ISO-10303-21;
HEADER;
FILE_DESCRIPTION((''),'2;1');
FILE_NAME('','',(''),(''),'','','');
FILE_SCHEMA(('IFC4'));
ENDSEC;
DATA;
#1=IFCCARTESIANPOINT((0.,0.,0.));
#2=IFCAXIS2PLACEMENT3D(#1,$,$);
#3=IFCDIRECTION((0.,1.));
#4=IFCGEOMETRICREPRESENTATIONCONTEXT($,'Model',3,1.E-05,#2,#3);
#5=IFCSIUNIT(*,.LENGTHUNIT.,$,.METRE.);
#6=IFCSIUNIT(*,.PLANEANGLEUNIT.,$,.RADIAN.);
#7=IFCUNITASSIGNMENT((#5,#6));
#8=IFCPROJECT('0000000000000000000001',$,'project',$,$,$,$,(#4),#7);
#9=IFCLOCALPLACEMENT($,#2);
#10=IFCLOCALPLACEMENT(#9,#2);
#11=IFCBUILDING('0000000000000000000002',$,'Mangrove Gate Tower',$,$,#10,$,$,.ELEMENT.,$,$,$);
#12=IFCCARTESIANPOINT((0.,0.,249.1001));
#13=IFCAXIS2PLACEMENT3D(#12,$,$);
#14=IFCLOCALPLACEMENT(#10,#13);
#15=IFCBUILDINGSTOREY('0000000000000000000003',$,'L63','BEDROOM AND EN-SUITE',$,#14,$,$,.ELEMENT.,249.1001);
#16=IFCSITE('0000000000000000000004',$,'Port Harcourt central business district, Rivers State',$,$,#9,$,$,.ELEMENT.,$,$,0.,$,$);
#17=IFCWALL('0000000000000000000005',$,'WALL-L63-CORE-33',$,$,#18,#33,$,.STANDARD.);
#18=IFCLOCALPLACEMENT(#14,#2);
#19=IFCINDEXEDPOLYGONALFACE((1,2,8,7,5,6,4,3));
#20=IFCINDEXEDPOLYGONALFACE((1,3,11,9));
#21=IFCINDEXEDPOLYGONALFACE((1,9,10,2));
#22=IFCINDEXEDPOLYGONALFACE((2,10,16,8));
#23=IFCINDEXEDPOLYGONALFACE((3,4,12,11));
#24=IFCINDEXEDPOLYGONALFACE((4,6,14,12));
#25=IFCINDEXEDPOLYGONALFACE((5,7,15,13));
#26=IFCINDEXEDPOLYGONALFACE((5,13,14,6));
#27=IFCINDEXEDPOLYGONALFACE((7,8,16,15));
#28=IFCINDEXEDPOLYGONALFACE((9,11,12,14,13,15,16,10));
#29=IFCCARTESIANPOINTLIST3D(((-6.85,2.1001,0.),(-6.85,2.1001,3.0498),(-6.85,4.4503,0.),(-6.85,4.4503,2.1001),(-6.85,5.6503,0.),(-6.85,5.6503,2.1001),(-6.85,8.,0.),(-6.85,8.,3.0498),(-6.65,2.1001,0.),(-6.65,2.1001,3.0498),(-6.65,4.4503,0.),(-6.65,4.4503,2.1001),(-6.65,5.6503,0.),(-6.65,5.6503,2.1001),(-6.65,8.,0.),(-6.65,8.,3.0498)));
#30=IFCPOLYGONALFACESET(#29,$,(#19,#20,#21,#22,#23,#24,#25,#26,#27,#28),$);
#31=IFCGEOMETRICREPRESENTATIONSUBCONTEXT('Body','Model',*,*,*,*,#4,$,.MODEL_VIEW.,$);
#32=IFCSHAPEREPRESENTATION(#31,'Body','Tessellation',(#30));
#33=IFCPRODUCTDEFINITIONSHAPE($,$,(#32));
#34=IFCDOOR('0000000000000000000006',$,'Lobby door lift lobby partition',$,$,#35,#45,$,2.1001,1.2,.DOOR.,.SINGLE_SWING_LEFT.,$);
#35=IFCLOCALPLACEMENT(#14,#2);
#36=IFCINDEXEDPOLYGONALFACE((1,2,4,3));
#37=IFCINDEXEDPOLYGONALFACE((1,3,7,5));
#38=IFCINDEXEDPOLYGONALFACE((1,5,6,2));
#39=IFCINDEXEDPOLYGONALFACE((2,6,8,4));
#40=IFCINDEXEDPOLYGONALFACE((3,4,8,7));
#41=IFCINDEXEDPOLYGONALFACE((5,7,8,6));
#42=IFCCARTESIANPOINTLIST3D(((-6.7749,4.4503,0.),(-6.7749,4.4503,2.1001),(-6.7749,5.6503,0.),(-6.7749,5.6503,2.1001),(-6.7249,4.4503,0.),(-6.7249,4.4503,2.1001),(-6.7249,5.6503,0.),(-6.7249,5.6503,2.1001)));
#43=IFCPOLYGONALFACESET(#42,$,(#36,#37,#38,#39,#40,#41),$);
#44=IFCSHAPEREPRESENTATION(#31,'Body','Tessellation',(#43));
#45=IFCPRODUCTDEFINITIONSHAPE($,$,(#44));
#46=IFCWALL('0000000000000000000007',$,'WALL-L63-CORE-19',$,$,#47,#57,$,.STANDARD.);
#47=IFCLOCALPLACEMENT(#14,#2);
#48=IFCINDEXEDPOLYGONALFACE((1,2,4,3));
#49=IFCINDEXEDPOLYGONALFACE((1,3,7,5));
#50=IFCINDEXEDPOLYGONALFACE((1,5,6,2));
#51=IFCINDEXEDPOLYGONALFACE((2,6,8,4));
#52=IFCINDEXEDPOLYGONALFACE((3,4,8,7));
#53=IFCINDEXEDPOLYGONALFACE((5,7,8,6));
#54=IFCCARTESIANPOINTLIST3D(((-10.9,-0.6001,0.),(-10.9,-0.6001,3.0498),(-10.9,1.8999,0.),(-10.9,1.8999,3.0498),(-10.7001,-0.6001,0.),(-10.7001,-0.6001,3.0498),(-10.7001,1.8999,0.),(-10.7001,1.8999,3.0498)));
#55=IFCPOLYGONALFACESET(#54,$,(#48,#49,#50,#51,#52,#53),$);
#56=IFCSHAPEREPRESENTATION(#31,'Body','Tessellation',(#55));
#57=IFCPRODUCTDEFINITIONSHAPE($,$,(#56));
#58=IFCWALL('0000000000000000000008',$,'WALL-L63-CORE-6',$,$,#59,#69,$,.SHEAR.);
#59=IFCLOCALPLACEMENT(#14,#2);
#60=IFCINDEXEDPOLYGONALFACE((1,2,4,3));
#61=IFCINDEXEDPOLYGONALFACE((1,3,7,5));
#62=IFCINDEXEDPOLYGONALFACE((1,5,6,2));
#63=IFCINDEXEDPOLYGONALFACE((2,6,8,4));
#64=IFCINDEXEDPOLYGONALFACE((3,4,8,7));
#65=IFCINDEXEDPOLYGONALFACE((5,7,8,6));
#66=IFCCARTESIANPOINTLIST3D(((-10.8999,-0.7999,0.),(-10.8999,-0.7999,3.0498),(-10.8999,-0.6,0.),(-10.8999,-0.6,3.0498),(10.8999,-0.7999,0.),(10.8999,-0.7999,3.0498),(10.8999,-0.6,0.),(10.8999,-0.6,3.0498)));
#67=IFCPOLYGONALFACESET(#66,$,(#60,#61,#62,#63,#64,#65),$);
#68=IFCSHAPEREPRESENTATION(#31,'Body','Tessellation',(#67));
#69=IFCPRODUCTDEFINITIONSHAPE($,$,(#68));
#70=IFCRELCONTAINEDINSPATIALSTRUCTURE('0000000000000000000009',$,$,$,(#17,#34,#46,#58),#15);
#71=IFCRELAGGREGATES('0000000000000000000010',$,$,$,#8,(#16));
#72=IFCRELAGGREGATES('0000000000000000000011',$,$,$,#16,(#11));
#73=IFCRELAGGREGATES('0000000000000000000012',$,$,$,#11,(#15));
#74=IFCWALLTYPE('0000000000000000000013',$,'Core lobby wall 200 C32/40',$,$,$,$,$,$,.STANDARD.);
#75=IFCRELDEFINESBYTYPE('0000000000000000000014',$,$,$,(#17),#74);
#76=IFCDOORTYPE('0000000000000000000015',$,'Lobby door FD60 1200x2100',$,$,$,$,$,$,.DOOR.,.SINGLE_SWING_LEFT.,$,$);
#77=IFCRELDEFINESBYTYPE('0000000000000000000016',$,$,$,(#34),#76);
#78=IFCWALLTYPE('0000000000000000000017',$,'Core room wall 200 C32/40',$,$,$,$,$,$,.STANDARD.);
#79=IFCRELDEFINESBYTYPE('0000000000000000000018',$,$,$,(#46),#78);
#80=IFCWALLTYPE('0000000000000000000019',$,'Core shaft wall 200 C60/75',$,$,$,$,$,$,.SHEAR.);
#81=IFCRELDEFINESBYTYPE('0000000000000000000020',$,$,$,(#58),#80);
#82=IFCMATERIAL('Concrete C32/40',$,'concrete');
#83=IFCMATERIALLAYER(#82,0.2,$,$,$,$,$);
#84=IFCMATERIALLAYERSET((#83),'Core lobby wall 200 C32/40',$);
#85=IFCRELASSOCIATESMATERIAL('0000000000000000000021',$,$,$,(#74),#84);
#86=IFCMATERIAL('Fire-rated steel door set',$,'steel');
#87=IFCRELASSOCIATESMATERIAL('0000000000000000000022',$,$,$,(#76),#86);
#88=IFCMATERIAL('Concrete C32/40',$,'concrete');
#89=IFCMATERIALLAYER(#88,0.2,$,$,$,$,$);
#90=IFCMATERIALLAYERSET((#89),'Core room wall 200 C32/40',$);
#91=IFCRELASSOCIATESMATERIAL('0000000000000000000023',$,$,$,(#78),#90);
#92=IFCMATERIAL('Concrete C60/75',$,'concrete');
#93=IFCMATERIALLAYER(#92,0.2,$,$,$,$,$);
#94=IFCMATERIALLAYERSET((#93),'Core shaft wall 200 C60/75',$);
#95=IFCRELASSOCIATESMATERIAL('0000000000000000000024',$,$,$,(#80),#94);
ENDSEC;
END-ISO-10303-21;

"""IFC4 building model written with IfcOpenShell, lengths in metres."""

from ifc_helpers import new_model, si_unit, direction, frame, frame_2d, origin, place, context, subcontext, project, spatial, rectangle, extrude, material, layer, layer_set, type_object, element, fill, save


model = new_model("IFC4")

# Units and contexts
model_context = context("Model", 3, precision=1e-05, world=origin(), true_north=direction((0.0, 1.0)))
body_context = subcontext(model_context, "Body", "Model", "MODEL_VIEW")
ifc_project = project(units=[si_unit("LENGTHUNIT", "METRE"), si_unit("PLANEANGLEUNIT", "RADIAN")], contexts=[model_context])

# Site, building, storey
site_placement = place(None, origin())
site = spatial("IfcSite", under=ifc_project, at=site_placement, Name="Port Harcourt central business district, Rivers State", CompositionType="ELEMENT", RefElevation=0.0)
building_placement = place(site_placement, origin())
building = spatial("IfcBuilding", under=site, at=building_placement, Name="Mangrove Gate Tower", CompositionType="ELEMENT")
storey_placement = place(building_placement, frame((0.0, 0.0, 249.1001)))
storey = spatial("IfcBuildingStorey", under=building, at=storey_placement, Name="L63", Description="BEDROOM AND EN-SUITE", CompositionType="ELEMENT", Elevation=249.1001)

# Wall, opening, door
ifc_material_1 = material(Name="Concrete C32/40", Category="concrete")
ifc_layer_1 = layer(ifc_material_1, 0.2)
ifc_layer_set_1 = layer_set([ifc_layer_1], Name="Core lobby wall 200 C32/40")
wall_type_1 = type_object("IfcWallType", Name="Core lobby wall 200 C32/40", PredefinedType="STANDARD", material=ifc_layer_set_1)
wall_1_placement = place(storey_placement, frame((-6.75, 2.1001, 0.0), z_axis=(0.0, 0.0, 1.0), x_axis=(0.0, 1.0, 0.0)))
wall_1 = element("IfcWall", 1, at=wall_1_placement, inside=storey, type_object=wall_type_1, Name="WALL-L63-CORE-33", PredefinedType="STANDARD", context=body_context, shape_type="SweptSolid", body=[
    extrude(rectangle(XDim=5.8999, YDim=0.2, at=frame_2d((2.95, 0.0))), origin(), (0.0, 0.0, 1.0), 3.0498),
])
opening_1_placement = place(wall_1_placement, frame((2.3501, 0.0, 0.0)))
opening_1 = element("IfcOpeningElement", 2, at=opening_1_placement, cuts=wall_1, PredefinedType="OPENING", context=body_context, shape_type="SweptSolid", body=[
    extrude(rectangle(XDim=1.2, YDim=2.1001, at=frame_2d((0.6001, 1.05))), frame((0.0, 0.1099, 0.0), z_axis=(0.0, -1.0, 0.0), x_axis=(1.0, 0.0, 0.0)), (0.0, 0.0, 1.0), 0.22),
])
ifc_material_2 = material(Name="Fire-rated steel door set", Category="steel")
door_type_1 = type_object("IfcDoorType", Name="Lobby door FD60 1200x2100", OperationType="SINGLE_SWING_LEFT", PredefinedType="DOOR", material=ifc_material_2)
door_1_placement = place(opening_1_placement, origin())
door_1 = element("IfcDoor", 3, at=door_1_placement, inside=storey, type_object=door_type_1, Name="Lobby door lift lobby partition", OperationType="SINGLE_SWING_LEFT", OverallHeight=2.1001, OverallWidth=1.2, PredefinedType="DOOR", context=body_context, shape_type="SweptSolid", body=[
    extrude(rectangle(XDim=1.2, YDim=2.1001, at=frame_2d((0.6001, 1.05))), frame((0.0, 0.0249, 0.0), z_axis=(0.0, -1.0, 0.0), x_axis=(1.0, 0.0, 0.0)), (0.0, 0.0, 1.0), 0.05),
])
fill(opening_1, door_1)

# Walls
ifc_material_3 = material(Name="Concrete C32/40", Category="concrete")
ifc_layer_2 = layer(ifc_material_3, 0.2)
ifc_layer_set_2 = layer_set([ifc_layer_2], Name="Core room wall 200 C32/40")
wall_type_2 = type_object("IfcWallType", Name="Core room wall 200 C32/40", PredefinedType="STANDARD", material=ifc_layer_set_2)
wall_2_placement = place(storey_placement, frame((-10.8, -0.6001, 0.0), z_axis=(0.0, 0.0, 1.0), x_axis=(0.0, 1.0, 0.0)))
element("IfcWall", 4, at=wall_2_placement, inside=storey, type_object=wall_type_2, Name="WALL-L63-CORE-19", PredefinedType="STANDARD", context=body_context, shape_type="SweptSolid", body=[
    extrude(rectangle(XDim=2.5, YDim=0.2, at=frame_2d((1.25, 0.0))), origin(), (0.0, 0.0, 1.0), 3.0498),
])
ifc_material_4 = material(Name="Concrete C60/75", Category="concrete")
ifc_layer_3 = layer(ifc_material_4, 0.2)
ifc_layer_set_3 = layer_set([ifc_layer_3], Name="Core shaft wall 200 C60/75")
wall_type_3 = type_object("IfcWallType", Name="Core shaft wall 200 C60/75", PredefinedType="SHEAR", material=ifc_layer_set_3)
wall_3_placement = place(storey_placement, frame((-10.8999, -0.7, 0.0), z_axis=(0.0, 0.0, 1.0), x_axis=(1.0, 0.0, 0.0)))
element("IfcWall", 5, at=wall_3_placement, inside=storey, type_object=wall_type_3, Name="WALL-L63-CORE-6", PredefinedType="SHEAR", context=body_context, shape_type="SweptSolid", body=[
    extrude(rectangle(XDim=21.7998, YDim=0.2, at=frame_2d((10.8999, 0.0))), origin(), (0.0, 0.0, 1.0), 3.0498),
])

save(model, "model.ifc")
